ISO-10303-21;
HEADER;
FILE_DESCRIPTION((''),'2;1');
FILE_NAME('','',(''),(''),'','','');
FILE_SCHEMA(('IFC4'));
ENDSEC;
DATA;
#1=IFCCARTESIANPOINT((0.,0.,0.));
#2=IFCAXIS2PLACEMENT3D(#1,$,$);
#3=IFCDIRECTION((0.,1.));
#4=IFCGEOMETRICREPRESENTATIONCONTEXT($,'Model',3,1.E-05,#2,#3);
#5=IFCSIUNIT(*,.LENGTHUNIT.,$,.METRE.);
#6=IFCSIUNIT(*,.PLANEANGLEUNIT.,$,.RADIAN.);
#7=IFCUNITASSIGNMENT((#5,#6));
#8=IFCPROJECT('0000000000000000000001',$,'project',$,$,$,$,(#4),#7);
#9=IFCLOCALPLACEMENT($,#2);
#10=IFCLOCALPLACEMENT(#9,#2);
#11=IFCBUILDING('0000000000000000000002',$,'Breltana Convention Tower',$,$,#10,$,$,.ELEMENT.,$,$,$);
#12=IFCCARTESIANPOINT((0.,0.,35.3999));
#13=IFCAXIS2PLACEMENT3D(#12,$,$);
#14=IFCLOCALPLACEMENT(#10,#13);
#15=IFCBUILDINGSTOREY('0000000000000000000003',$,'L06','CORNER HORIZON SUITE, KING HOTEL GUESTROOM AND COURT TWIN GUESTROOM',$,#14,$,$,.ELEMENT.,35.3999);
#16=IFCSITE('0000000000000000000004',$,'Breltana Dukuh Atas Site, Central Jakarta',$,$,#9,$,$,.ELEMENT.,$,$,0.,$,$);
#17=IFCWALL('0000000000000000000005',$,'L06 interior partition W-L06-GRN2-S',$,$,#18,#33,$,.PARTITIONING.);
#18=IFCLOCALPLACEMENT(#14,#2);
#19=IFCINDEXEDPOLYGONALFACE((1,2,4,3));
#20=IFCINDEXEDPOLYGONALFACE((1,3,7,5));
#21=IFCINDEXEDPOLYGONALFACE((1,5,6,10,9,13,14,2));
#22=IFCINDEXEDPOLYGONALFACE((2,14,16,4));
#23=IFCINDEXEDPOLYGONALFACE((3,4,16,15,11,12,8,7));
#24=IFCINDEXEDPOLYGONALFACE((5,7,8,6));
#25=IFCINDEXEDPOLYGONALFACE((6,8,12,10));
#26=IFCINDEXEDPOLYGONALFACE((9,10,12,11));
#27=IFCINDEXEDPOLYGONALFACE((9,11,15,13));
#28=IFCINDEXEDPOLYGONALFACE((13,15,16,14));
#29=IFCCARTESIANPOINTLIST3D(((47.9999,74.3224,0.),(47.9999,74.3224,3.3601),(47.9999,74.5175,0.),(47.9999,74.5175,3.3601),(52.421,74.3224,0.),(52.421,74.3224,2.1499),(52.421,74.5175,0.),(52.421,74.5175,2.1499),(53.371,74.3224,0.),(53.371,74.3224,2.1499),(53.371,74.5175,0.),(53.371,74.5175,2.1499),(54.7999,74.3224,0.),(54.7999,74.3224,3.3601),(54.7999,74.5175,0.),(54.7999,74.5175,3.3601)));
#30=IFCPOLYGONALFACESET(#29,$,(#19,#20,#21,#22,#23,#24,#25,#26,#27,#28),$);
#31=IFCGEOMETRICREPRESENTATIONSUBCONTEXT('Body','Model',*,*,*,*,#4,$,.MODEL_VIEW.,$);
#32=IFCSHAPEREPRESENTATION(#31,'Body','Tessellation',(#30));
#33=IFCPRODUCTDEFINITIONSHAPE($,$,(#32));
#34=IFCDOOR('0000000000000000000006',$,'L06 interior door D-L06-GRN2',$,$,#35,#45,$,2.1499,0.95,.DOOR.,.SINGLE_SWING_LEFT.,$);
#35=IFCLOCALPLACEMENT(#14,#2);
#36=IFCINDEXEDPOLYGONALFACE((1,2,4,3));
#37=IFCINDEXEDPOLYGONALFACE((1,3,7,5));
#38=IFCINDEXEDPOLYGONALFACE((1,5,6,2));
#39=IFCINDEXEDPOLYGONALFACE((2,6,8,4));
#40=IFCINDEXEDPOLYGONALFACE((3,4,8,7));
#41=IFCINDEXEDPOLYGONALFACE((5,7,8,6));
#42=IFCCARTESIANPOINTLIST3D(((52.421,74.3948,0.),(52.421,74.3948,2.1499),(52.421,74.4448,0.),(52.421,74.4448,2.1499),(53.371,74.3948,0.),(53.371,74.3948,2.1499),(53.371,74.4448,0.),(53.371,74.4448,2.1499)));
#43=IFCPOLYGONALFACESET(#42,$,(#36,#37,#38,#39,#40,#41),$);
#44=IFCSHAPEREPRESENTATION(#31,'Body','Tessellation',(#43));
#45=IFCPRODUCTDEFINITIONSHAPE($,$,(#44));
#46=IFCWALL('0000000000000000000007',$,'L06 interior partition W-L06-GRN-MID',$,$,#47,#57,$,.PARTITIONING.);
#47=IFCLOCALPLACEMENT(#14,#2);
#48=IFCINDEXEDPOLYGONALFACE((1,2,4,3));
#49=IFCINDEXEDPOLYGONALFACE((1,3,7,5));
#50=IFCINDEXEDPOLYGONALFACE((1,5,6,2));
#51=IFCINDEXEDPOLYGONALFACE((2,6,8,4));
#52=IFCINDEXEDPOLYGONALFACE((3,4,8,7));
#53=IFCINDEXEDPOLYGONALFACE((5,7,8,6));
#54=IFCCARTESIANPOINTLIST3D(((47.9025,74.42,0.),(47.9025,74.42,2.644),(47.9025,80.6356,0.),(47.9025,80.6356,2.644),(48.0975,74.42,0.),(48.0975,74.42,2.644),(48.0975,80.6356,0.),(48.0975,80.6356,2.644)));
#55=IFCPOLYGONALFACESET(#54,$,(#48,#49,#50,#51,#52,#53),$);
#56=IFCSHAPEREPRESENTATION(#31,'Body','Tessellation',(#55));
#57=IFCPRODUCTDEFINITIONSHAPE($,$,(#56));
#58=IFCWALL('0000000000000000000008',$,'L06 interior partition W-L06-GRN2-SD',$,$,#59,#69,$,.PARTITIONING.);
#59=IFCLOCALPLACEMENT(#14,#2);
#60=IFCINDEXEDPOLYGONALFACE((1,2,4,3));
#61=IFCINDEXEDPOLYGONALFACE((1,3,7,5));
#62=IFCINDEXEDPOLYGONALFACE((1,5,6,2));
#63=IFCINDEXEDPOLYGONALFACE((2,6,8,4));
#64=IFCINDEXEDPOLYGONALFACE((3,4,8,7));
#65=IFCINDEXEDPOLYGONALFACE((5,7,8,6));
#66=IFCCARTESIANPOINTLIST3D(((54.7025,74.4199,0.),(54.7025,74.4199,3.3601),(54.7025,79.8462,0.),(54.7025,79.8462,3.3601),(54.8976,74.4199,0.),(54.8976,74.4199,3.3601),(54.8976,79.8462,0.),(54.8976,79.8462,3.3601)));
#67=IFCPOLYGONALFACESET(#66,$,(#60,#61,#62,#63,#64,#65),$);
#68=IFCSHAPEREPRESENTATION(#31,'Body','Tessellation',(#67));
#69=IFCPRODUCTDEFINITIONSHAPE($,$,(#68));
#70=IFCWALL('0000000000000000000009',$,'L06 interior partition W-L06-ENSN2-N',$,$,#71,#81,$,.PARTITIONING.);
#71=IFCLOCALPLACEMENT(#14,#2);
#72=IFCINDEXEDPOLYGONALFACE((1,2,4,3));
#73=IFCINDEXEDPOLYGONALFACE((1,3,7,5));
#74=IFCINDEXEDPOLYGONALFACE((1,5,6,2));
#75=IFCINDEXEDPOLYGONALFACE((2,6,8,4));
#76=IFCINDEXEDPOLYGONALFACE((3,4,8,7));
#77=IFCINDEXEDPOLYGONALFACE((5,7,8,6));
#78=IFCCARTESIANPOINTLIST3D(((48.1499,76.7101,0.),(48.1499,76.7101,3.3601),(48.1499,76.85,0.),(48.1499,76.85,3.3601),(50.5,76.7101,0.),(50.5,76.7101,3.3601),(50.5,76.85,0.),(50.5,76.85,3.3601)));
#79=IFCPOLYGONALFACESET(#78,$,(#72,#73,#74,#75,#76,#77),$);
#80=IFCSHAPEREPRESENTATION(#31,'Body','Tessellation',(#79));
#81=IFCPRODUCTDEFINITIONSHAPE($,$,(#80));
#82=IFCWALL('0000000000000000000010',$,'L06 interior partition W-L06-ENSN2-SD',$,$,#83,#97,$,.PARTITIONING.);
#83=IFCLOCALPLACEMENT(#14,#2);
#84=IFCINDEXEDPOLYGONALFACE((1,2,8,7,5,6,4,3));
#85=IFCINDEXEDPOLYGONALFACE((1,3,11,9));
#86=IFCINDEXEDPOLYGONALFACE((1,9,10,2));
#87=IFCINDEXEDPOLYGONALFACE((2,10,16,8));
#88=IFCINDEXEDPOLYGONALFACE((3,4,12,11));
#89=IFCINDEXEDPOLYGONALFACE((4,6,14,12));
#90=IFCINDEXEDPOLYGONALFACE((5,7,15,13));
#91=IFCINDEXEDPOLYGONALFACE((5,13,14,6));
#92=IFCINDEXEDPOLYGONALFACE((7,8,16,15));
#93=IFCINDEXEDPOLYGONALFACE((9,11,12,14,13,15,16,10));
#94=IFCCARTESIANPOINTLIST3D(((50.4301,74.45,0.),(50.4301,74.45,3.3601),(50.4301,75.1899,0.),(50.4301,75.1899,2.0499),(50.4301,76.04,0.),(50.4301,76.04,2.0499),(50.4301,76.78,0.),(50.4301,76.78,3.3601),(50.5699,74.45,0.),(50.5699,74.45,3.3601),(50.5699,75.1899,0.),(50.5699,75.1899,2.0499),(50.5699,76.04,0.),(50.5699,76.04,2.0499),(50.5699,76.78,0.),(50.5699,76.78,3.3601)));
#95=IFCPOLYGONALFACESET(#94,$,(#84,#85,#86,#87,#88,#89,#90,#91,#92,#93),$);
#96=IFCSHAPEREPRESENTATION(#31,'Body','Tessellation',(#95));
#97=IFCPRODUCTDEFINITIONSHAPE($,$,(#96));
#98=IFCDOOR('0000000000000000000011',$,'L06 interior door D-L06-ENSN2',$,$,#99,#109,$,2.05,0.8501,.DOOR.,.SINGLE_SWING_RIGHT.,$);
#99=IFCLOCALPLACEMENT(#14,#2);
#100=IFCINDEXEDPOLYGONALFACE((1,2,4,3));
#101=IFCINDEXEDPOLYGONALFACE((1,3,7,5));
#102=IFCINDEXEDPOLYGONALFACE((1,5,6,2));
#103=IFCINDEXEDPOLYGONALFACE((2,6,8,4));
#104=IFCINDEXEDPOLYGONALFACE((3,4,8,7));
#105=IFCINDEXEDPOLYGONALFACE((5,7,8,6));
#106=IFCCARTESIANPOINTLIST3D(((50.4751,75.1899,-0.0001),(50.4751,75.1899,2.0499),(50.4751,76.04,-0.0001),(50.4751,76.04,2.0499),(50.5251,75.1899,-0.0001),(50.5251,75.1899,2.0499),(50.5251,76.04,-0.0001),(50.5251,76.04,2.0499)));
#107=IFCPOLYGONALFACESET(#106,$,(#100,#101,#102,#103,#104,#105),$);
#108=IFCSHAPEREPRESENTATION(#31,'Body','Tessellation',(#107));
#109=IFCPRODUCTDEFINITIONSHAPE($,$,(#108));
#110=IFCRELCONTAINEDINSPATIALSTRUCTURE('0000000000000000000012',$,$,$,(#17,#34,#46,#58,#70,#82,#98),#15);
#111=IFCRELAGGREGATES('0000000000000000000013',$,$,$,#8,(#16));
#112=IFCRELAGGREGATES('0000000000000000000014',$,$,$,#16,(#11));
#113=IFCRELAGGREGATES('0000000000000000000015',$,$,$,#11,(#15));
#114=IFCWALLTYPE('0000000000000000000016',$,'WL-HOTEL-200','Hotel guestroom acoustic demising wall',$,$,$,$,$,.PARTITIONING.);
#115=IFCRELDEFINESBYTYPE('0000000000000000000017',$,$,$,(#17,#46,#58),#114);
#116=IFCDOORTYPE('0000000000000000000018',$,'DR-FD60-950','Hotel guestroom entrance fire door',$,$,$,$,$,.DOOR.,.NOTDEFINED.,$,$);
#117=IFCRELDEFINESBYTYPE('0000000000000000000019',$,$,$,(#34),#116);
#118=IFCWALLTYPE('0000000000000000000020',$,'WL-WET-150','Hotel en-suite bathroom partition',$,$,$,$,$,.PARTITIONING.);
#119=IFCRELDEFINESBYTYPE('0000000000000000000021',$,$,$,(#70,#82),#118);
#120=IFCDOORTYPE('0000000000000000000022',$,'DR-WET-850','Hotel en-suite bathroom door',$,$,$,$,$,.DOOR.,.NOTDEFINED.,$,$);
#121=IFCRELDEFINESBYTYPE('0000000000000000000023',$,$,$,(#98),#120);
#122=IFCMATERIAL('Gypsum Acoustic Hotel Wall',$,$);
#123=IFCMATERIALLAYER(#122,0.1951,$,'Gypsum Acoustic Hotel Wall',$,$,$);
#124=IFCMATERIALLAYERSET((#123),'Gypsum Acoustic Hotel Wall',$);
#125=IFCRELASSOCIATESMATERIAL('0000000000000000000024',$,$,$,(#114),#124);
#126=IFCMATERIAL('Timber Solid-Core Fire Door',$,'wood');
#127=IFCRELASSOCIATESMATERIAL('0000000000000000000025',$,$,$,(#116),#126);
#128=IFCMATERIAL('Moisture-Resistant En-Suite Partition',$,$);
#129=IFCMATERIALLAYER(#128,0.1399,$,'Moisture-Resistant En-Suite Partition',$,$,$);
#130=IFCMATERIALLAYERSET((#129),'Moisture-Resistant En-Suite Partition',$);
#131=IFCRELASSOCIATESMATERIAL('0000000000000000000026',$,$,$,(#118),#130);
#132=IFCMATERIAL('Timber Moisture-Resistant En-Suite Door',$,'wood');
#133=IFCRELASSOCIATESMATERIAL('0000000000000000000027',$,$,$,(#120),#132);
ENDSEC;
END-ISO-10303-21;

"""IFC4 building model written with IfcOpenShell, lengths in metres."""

from ifc_helpers import new_model, si_unit, direction, frame, frame_2d, origin, place, context, subcontext, project, spatial, rectangle, extrude, source, transform, mapped, material, layer, layer_set, type_object, type_shapes, element, fill, save


model = new_model("IFC4")

# Units and contexts
model_context = context("Model", 3, precision=1e-05, world=origin(), true_north=direction((0.0, 1.0)))
body_context = subcontext(model_context, "Body", "Model", "MODEL_VIEW")
ifc_project = project(units=[si_unit("LENGTHUNIT", "METRE"), si_unit("PLANEANGLEUNIT", "RADIAN")], contexts=[model_context])

# Site, building, storey
site_placement = place(None, origin())
site = spatial("IfcSite", under=ifc_project, at=site_placement, Name="Breltana Dukuh Atas Site, Central Jakarta", CompositionType="ELEMENT", RefElevation=0.0)
building_placement = place(site_placement, origin())
building = spatial("IfcBuilding", under=site, at=building_placement, Name="Breltana Convention Tower", CompositionType="ELEMENT")
storey_placement = place(building_placement, frame((0.0, 0.0, 35.3999)))
storey = spatial("IfcBuildingStorey", under=building, at=storey_placement, Name="L06", Description="CORNER HORIZON SUITE, KING HOTEL GUESTROOM AND COURT TWIN GUESTROOM", CompositionType="ELEMENT", Elevation=35.3999)

# Wall, opening, door
ifc_material_1 = material(Name="Gypsum Acoustic Hotel Wall")
ifc_layer_1 = layer(ifc_material_1, 0.1951, Name="Gypsum Acoustic Hotel Wall")
ifc_layer_set_1 = layer_set([ifc_layer_1], Name="Gypsum Acoustic Hotel Wall")
wall_type_1 = type_object("IfcWallType", Name="WL-HOTEL-200", Description="Hotel guestroom acoustic demising wall", PredefinedType="PARTITIONING", material=ifc_layer_set_1)
shared_shape_1 = source(origin(), body_context, "Body", "SweptSolid", [
    extrude(rectangle(XDim=6.8, YDim=0.1951, at=frame_2d((3.3999, 0.0))), origin(), (0.0, 0.0, 1.0), 3.3601),
])
type_shapes(wall_type_1, [shared_shape_1])
wall_1_placement = place(storey_placement, frame((48.0, 74.4199, 0.0), z_axis=(0.0, 0.0, 1.0), x_axis=(1.0, 0.0, 0.0)))
wall_1 = element("IfcWall", 1, at=wall_1_placement, inside=storey, type_object=wall_type_1, Name="L06 interior partition W-L06-GRN2-S", PredefinedType="PARTITIONING", context=body_context, shape_type="MappedRepresentation", body=[
    mapped(shared_shape_1, transform((0.0, 0.0, 0.0), scale=1.0)),
])
opening_1_placement = place(wall_1_placement, frame((4.4209, 0.0, 0.0)))
opening_1 = element("IfcOpeningElement", 2, at=opening_1_placement, cuts=wall_1, PredefinedType="OPENING", context=body_context, shape_type="SweptSolid", body=[
    extrude(rectangle(XDim=0.95, YDim=2.1499, at=frame_2d((0.4751, 1.075))), frame((0.0, 0.1074, 0.0), z_axis=(0.0, -1.0, 0.0), x_axis=(1.0, 0.0, 0.0)), (0.0, 0.0, 1.0), 0.2151),
])
ifc_material_2 = material(Name="Timber Solid-Core Fire Door", Category="wood")
door_type_1 = type_object("IfcDoorType", Name="DR-FD60-950", Description="Hotel guestroom entrance fire door", OperationType="NOTDEFINED", PredefinedType="DOOR", material=ifc_material_2)
shared_shape_2 = source(origin(), body_context, "Body", "SweptSolid", [
    extrude(rectangle(XDim=0.95, YDim=2.1499, at=frame_2d((0.4751, 1.075))), frame((0.0, 0.0249, 0.0), z_axis=(0.0, -1.0, 0.0), x_axis=(1.0, 0.0, 0.0)), (0.0, 0.0, 1.0), 0.05),
])
type_shapes(door_type_1, [shared_shape_2])
door_1_placement = place(opening_1_placement, origin())
door_1 = element("IfcDoor", 3, at=door_1_placement, inside=storey, type_object=door_type_1, Name="L06 interior door D-L06-GRN2", OperationType="SINGLE_SWING_LEFT", OverallHeight=2.1499, OverallWidth=0.95, PredefinedType="DOOR", context=body_context, shape_type="MappedRepresentation", body=[
    mapped(shared_shape_2, transform((0.0, 0.0, 0.0), scale=1.0)),
])
fill(opening_1, door_1)

# Walls
shared_shape_3 = source(origin(), body_context, "Body", "SweptSolid", [
    extrude(rectangle(XDim=6.2156, YDim=0.1951, at=frame_2d((3.1079, 0.0))), origin(), (0.0, 0.0, 1.0), 2.644),
])
wall_2_placement = place(storey_placement, frame((48.0, 74.4199, 0.0), z_axis=(0.0, 0.0, 1.0), x_axis=(0.0, 1.0, 0.0)))
element("IfcWall", 4, at=wall_2_placement, inside=storey, type_object=wall_type_1, Name="L06 interior partition W-L06-GRN-MID", PredefinedType="PARTITIONING", context=body_context, shape_type="MappedRepresentation", body=[
    mapped(shared_shape_3, transform((0.0, 0.0, 0.0), scale=1.0)),
])
shared_shape_4 = source(origin(), body_context, "Body", "SweptSolid", [
    extrude(rectangle(XDim=5.4263, YDim=0.1951, at=frame_2d((2.7131, 0.0))), origin(), (0.0, 0.0, 1.0), 3.3601),
])
wall_3_placement = place(storey_placement, frame((54.8, 74.4199, 0.0), z_axis=(0.0, 0.0, 1.0), x_axis=(0.0, 1.0, 0.0)))
element("IfcWall", 5, at=wall_3_placement, inside=storey, type_object=wall_type_1, Name="L06 interior partition W-L06-GRN2-SD", PredefinedType="PARTITIONING", context=body_context, shape_type="MappedRepresentation", body=[
    mapped(shared_shape_4, transform((0.0, 0.0, 0.0), scale=1.0)),
])
ifc_material_3 = material(Name="Moisture-Resistant En-Suite Partition")
ifc_layer_2 = layer(ifc_material_3, 0.1399, Name="Moisture-Resistant En-Suite Partition")
ifc_layer_set_2 = layer_set([ifc_layer_2], Name="Moisture-Resistant En-Suite Partition")
wall_type_2 = type_object("IfcWallType", Name="WL-WET-150", Description="Hotel en-suite bathroom partition", PredefinedType="PARTITIONING", material=ifc_layer_set_2)
shared_shape_5 = source(origin(), body_context, "Body", "SweptSolid", [
    extrude(rectangle(XDim=2.3501, YDim=0.1399, at=frame_2d((1.175, 0.0))), origin(), (0.0, 0.0, 1.0), 3.3601),
])
type_shapes(wall_type_2, [shared_shape_5])
wall_4_placement = place(storey_placement, frame((48.1499, 76.78, 0.0), z_axis=(0.0, 0.0, 1.0), x_axis=(1.0, 0.0, 0.0)))
element("IfcWall", 6, at=wall_4_placement, inside=storey, type_object=wall_type_2, Name="L06 interior partition W-L06-ENSN2-N", PredefinedType="PARTITIONING", context=body_context, shape_type="MappedRepresentation", body=[
    mapped(shared_shape_5, transform((0.0, 0.0, 0.0), scale=1.0)),
])

# Wall, opening, door
shared_shape_6 = source(origin(), body_context, "Body", "SweptSolid", [
    extrude(rectangle(XDim=2.3301, YDim=0.1399, at=frame_2d((1.165, 0.0))), origin(), (0.0, 0.0, 1.0), 3.3601),
])
wall_5_placement = place(storey_placement, frame((50.5, 74.45, 0.0), z_axis=(0.0, 0.0, 1.0), x_axis=(0.0, 1.0, 0.0)))
wall_5 = element("IfcWall", 7, at=wall_5_placement, inside=storey, type_object=wall_type_2, Name="L06 interior partition W-L06-ENSN2-SD", PredefinedType="PARTITIONING", context=body_context, shape_type="MappedRepresentation", body=[
    mapped(shared_shape_6, transform((0.0, 0.0, 0.0), scale=1.0)),
])
opening_2_placement = place(wall_5_placement, frame((0.74, 0.0, 0.0)))
opening_2 = element("IfcOpeningElement", 8, at=opening_2_placement, cuts=wall_5, PredefinedType="OPENING", context=body_context, shape_type="SweptSolid", body=[
    extrude(rectangle(XDim=0.8501, YDim=2.05, at=frame_2d((0.425, 1.0249))), frame((0.0, 0.0801, 0.0), z_axis=(0.0, -1.0, 0.0), x_axis=(1.0, 0.0, 0.0)), (0.0, 0.0, 1.0), 0.1599),
])
ifc_material_4 = material(Name="Timber Moisture-Resistant En-Suite Door", Category="wood")
door_type_2 = type_object("IfcDoorType", Name="DR-WET-850", Description="Hotel en-suite bathroom door", OperationType="NOTDEFINED", PredefinedType="DOOR", material=ifc_material_4)
shared_shape_7 = source(origin(), body_context, "Body", "SweptSolid", [
    extrude(rectangle(XDim=0.8501, YDim=2.05, at=frame_2d((0.425, 1.0249))), frame((0.0, 0.0249, 0.0), z_axis=(0.0, -1.0, 0.0), x_axis=(1.0, 0.0, 0.0)), (0.0, 0.0, 1.0), 0.05),
])
type_shapes(door_type_2, [shared_shape_7])
door_2_placement = place(opening_2_placement, origin())
door_2 = element("IfcDoor", 9, at=door_2_placement, inside=storey, type_object=door_type_2, Name="L06 interior door D-L06-ENSN2", OperationType="SINGLE_SWING_RIGHT", OverallHeight=2.05, OverallWidth=0.8501, PredefinedType="DOOR", context=body_context, shape_type="MappedRepresentation", body=[
    mapped(shared_shape_7, transform((0.0, 0.0, 0.0), scale=1.0)),
])
fill(opening_2, door_2)

save(model, "model.ifc")
